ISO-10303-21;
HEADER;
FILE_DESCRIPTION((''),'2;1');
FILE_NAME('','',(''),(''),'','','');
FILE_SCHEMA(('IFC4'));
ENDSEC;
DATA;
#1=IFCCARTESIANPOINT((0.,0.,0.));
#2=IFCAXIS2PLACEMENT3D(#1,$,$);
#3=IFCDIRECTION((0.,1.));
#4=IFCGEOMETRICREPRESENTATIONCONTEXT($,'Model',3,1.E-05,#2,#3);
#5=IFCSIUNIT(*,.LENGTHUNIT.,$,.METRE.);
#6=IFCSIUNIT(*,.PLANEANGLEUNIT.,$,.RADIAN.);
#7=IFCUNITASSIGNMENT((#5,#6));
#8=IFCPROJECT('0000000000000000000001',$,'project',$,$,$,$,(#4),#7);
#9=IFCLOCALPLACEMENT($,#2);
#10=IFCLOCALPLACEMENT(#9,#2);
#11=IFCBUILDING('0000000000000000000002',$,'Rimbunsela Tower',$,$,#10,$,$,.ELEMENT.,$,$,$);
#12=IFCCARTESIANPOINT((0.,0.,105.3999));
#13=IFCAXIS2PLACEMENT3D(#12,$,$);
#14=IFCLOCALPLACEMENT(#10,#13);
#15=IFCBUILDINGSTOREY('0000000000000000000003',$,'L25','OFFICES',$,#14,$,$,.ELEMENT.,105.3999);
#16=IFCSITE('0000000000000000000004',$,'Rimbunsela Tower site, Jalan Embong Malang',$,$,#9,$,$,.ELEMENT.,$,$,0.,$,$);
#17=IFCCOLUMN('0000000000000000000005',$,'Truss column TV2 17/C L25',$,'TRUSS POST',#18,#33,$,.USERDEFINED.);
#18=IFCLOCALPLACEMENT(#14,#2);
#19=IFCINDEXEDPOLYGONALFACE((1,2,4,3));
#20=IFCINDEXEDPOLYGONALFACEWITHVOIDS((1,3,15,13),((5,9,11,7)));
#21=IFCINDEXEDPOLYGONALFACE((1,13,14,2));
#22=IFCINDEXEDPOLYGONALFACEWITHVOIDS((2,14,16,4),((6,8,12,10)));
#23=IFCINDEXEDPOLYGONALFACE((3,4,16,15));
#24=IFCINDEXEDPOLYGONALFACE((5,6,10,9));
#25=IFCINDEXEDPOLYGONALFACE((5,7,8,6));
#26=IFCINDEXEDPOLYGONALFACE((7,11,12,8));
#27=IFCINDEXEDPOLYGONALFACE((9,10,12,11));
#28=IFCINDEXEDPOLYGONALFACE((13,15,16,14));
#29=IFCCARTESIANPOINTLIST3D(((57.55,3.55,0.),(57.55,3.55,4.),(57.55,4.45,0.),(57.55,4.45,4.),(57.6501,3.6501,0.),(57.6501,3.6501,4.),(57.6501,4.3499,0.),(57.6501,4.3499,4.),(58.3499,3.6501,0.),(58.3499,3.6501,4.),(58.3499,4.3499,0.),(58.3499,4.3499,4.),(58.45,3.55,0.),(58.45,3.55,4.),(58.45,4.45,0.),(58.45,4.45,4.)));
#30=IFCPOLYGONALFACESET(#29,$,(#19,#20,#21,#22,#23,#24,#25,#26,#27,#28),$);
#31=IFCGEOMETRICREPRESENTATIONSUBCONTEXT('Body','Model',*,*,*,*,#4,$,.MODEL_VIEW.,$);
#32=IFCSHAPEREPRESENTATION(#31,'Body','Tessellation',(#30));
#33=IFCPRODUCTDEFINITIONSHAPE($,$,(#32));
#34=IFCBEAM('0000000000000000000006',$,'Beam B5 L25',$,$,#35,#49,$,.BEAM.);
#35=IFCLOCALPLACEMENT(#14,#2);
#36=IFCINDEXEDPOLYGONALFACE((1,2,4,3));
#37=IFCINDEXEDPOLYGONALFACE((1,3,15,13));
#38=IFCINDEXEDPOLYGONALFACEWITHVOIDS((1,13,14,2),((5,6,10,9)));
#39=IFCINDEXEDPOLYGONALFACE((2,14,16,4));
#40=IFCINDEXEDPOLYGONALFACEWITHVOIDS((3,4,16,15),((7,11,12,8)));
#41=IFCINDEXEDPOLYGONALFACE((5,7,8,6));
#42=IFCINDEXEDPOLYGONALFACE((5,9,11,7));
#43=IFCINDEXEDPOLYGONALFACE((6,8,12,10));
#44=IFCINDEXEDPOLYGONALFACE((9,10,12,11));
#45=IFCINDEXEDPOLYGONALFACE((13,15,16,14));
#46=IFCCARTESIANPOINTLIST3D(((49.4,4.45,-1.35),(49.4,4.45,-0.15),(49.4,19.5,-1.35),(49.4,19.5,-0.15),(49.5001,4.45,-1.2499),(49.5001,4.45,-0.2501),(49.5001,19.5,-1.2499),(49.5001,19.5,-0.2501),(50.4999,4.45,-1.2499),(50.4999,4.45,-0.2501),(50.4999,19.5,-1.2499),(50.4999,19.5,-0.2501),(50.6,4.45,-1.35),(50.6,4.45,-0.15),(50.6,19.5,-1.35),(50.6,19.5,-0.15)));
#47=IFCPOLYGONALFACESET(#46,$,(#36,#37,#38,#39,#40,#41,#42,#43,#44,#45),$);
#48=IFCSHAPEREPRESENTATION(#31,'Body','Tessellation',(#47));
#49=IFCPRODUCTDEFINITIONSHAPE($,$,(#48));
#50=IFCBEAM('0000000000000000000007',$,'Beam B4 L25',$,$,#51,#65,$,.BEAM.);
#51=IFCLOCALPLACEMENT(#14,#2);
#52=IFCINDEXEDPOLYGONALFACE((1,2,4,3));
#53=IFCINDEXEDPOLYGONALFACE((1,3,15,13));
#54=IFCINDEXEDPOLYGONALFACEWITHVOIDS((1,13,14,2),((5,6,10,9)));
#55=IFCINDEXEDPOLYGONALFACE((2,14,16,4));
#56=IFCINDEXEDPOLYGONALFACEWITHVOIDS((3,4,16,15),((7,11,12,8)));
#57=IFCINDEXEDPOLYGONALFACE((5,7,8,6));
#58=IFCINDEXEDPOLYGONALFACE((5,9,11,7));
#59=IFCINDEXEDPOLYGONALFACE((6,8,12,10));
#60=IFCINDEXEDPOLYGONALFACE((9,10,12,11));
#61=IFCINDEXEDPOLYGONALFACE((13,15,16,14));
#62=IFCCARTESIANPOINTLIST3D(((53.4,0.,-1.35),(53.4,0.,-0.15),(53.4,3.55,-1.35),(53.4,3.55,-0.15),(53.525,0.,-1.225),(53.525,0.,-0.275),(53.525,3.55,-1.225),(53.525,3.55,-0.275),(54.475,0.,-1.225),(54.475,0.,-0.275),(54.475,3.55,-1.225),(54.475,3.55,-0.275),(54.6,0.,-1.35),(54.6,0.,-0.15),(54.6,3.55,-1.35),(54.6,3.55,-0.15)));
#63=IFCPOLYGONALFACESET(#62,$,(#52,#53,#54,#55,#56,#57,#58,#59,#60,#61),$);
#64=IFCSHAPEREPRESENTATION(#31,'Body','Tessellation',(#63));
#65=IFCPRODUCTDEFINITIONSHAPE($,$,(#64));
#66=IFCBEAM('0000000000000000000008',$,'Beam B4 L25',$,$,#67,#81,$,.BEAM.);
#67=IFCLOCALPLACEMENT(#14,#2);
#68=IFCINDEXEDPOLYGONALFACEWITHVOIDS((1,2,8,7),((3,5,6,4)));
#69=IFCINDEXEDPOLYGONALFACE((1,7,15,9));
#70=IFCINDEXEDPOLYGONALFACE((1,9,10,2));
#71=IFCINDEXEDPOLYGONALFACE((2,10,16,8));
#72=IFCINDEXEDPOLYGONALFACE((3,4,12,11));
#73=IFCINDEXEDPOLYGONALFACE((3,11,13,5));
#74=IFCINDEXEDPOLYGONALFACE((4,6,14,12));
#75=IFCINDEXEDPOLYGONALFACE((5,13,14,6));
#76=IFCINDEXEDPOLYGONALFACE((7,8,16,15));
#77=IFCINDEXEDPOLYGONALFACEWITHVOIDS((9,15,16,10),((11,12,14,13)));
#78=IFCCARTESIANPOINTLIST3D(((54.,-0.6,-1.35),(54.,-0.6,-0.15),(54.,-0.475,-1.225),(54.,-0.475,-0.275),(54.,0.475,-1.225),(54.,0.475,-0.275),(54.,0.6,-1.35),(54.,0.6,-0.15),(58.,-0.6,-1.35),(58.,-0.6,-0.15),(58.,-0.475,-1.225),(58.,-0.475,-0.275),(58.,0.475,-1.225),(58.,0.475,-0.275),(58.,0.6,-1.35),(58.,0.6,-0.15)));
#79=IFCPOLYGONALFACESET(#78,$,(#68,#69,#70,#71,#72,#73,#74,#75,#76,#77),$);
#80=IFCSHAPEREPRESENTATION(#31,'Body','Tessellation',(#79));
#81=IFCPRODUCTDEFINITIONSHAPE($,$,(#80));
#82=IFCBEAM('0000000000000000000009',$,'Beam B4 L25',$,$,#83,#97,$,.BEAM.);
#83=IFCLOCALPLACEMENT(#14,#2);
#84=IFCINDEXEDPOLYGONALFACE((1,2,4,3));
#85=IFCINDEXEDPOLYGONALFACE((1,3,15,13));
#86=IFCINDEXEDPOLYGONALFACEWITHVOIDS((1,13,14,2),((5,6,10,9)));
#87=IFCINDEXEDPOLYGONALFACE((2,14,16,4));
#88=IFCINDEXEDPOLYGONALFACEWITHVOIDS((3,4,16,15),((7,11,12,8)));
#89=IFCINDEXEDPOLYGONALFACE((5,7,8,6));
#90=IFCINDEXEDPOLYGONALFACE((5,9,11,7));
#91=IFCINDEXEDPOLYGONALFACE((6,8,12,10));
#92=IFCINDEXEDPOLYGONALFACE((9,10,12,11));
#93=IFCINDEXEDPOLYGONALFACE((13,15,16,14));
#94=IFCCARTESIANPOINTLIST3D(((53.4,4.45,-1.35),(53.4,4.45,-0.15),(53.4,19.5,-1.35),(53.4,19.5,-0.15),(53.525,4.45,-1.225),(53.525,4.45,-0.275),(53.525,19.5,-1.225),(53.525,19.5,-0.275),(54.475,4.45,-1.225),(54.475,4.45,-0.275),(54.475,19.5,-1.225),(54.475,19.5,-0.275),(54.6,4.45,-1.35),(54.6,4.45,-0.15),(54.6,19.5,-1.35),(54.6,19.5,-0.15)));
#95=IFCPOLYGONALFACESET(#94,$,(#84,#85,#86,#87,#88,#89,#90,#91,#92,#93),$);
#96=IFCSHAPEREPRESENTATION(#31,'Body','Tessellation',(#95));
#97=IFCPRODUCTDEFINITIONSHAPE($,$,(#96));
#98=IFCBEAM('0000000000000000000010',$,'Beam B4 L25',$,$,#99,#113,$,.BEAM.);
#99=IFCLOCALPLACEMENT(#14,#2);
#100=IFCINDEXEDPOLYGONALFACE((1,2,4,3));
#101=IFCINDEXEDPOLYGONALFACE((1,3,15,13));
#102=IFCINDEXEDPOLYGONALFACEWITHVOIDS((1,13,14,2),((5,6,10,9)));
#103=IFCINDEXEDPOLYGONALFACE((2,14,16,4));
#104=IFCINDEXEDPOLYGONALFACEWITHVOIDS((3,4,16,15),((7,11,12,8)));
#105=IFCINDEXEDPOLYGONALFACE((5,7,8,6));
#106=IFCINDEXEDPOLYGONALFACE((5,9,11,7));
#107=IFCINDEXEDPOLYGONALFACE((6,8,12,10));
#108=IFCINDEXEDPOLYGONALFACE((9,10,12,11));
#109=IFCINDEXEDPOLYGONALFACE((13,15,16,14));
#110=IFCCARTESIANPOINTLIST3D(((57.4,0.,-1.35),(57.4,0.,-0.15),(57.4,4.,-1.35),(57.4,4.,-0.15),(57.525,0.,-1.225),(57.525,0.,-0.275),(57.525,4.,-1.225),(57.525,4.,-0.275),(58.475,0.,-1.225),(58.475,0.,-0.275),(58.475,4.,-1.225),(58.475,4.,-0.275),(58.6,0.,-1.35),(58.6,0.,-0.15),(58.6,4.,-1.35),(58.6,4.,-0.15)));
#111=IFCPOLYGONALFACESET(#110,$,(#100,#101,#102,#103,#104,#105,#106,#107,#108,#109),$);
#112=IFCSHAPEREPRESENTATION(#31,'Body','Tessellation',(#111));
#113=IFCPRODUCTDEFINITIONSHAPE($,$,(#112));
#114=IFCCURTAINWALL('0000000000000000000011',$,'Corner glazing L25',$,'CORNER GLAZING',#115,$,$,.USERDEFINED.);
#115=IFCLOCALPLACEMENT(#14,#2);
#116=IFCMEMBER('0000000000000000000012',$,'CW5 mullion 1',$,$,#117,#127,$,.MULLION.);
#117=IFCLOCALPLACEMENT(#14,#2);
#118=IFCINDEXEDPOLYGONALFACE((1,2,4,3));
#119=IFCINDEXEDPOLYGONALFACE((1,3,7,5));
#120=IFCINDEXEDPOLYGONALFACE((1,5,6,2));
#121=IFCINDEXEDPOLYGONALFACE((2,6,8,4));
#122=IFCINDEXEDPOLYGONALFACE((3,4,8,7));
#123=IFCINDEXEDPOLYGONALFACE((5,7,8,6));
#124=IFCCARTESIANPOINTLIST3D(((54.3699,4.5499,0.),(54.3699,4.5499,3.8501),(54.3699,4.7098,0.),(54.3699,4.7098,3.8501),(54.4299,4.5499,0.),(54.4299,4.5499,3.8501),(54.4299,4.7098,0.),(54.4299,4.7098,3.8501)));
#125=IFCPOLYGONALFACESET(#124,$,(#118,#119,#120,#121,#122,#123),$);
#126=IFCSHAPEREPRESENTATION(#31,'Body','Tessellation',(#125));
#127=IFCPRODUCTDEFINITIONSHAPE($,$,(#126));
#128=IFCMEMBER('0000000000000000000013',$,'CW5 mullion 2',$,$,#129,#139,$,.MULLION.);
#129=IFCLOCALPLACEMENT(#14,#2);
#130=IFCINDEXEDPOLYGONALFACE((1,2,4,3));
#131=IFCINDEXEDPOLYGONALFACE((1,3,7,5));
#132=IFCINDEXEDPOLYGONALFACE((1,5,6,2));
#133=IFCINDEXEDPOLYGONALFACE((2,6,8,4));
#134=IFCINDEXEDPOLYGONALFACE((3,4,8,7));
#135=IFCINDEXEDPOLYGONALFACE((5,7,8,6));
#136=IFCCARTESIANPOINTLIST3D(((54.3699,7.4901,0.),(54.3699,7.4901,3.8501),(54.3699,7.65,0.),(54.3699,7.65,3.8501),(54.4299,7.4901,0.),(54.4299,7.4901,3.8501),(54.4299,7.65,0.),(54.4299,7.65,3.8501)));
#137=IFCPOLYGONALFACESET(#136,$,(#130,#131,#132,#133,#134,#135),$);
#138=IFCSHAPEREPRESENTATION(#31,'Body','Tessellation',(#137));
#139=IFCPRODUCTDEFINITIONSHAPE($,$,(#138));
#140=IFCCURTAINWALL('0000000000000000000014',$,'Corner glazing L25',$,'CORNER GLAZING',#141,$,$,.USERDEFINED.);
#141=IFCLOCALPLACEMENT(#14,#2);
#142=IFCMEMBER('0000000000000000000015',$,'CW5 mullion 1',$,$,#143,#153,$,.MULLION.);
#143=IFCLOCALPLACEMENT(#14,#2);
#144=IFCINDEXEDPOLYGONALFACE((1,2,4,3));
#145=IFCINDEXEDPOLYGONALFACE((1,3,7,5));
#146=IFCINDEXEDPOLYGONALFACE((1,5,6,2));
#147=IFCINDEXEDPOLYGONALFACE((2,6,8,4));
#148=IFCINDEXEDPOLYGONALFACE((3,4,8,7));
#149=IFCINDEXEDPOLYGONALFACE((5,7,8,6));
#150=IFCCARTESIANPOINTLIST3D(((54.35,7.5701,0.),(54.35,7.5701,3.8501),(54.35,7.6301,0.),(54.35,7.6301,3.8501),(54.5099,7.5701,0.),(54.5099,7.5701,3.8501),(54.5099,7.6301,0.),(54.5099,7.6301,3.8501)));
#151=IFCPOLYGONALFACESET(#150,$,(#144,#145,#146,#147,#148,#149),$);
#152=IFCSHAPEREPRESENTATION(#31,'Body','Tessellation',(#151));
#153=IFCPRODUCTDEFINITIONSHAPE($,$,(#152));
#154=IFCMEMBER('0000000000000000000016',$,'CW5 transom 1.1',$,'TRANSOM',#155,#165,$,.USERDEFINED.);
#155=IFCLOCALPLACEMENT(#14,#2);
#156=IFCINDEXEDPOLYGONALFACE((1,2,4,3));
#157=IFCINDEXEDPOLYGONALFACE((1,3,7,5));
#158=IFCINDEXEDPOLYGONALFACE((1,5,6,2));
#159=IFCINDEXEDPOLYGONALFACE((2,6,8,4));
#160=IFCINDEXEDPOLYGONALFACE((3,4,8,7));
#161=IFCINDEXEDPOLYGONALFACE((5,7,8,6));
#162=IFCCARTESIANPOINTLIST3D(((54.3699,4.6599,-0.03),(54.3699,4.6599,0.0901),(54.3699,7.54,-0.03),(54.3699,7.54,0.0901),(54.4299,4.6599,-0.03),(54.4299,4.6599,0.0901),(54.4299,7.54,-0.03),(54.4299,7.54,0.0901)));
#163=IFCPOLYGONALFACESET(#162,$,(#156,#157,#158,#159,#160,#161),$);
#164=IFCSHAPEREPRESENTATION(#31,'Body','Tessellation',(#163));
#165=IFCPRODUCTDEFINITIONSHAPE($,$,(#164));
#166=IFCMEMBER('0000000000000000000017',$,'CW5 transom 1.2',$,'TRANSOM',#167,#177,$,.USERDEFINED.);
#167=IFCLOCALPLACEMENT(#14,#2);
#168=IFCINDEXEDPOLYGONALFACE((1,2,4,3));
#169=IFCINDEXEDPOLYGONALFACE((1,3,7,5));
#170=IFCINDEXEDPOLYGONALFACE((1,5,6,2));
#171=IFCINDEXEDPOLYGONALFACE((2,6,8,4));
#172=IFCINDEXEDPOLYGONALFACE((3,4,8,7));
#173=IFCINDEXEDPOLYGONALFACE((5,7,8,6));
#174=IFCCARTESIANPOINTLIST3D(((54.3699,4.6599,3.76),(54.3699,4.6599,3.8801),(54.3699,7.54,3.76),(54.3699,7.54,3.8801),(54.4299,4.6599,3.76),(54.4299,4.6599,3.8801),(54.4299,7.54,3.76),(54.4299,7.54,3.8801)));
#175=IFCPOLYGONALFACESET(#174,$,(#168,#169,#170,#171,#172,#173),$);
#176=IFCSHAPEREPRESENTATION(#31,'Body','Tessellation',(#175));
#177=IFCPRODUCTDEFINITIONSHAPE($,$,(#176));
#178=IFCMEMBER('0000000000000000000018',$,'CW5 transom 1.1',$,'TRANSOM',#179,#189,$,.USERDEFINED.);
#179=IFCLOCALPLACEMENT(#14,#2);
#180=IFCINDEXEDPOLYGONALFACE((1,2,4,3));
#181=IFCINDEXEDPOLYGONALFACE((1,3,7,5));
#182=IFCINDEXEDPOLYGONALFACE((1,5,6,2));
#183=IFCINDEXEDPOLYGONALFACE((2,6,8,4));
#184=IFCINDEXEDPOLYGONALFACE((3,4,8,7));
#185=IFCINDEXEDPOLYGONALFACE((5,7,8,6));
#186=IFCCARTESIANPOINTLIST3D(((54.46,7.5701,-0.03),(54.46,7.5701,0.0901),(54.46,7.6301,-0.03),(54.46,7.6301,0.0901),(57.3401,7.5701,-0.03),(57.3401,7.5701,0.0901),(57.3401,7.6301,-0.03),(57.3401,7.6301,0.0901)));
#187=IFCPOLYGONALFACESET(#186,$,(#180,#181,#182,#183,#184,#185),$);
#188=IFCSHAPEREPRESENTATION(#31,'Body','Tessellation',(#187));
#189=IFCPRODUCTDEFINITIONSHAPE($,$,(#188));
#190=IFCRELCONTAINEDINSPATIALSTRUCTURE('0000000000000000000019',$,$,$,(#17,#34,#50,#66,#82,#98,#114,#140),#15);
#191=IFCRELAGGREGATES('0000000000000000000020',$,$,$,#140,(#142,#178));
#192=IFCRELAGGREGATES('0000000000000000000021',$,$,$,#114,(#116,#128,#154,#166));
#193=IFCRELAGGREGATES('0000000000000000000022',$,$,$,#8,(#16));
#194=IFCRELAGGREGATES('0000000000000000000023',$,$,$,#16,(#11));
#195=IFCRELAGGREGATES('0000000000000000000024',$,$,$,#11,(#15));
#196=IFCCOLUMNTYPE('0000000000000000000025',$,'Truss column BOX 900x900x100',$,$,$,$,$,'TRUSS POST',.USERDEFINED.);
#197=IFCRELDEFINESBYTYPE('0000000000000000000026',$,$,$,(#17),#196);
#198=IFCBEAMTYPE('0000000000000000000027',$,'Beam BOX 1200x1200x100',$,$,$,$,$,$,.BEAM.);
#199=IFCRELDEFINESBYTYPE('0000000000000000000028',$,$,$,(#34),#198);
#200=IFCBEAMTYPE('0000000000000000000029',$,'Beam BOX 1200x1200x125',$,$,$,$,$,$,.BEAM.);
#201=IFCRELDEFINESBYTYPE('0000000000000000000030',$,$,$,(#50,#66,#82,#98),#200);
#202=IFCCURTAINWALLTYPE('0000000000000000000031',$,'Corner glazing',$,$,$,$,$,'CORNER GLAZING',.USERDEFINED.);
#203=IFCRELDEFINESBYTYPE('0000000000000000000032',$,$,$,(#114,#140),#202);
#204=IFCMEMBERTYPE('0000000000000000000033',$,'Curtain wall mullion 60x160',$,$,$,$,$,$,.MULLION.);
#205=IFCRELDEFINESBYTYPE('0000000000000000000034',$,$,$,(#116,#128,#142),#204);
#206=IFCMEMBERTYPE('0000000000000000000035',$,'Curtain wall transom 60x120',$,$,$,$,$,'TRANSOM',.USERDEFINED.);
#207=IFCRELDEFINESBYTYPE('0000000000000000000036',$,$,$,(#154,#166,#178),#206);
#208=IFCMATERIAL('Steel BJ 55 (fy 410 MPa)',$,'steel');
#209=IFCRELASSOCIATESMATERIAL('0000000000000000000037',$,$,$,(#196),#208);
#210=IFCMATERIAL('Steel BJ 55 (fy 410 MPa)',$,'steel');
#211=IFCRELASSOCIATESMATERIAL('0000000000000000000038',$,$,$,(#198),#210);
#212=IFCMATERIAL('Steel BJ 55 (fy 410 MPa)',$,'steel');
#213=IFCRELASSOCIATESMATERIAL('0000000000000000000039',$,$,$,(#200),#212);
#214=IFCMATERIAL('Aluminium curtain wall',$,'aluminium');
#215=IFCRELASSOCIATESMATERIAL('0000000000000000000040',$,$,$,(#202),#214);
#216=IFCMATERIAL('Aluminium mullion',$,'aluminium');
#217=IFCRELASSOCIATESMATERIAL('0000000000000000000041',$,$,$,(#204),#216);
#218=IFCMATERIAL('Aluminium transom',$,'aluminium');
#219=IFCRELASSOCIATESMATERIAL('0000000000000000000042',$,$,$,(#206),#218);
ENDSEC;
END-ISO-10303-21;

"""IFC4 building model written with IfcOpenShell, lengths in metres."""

from ifc_helpers import new_model, si_unit, direction, frame, origin, origin_2d, place, context, subcontext, project, spatial, rectangle, hollow_rectangle, extrude, material, material_profile, profile_set, type_object, element, aggregate, save


model = new_model("IFC4")

# Units and contexts
model_context = context("Model", 3, precision=1e-05, world=origin(), true_north=direction((0.0, 1.0)))
body_context = subcontext(model_context, "Body", "Model", "MODEL_VIEW")
ifc_project = project(units=[si_unit("LENGTHUNIT", "METRE"), si_unit("PLANEANGLEUNIT", "RADIAN")], contexts=[model_context])

# Site, building, storey
site_placement = place(None, origin())
site = spatial("IfcSite", under=ifc_project, at=site_placement, Name="Rimbunsela Tower site, Jalan Embong Malang", CompositionType="ELEMENT", RefElevation=0.0)
building_placement = place(site_placement, origin())
building = spatial("IfcBuilding", under=site, at=building_placement, Name="Rimbunsela Tower", CompositionType="ELEMENT")
storey_placement = place(building_placement, frame((0.0, 0.0, 105.3999)))
storey = spatial("IfcBuildingStorey", under=building, at=storey_placement, Name="L25", Description="OFFICES", CompositionType="ELEMENT", Elevation=105.3999)

# Column
ifc_material_1 = material(Name="Steel BJ 55 (fy 410 MPa)", Category="steel")
ifc_material_profile_1 = material_profile(ifc_material_1, hollow_rectangle(XDim=0.8999, YDim=0.8999, WallThickness=0.1001, at=origin_2d()), Name="BOX 900x900x100")
ifc_profile_set_1 = profile_set([ifc_material_profile_1], Name="Steel BJ 55 (fy 410 MPa)")
column_type = type_object("IfcColumnType", Name="Truss column BOX 900x900x100", ElementType="TRUSS POST", PredefinedType="USERDEFINED", material=ifc_profile_set_1)
column_placement = place(storey_placement, frame((58.0, 4.0, 0.0), z_axis=(0.0, 0.0, 1.0), x_axis=(1.0, 0.0, 0.0)))
element("IfcColumn", 1, at=column_placement, inside=storey, type_object=column_type, Name="Truss column TV2 17/C L25", ObjectType="TRUSS POST", PredefinedType="USERDEFINED", context=body_context, shape_type="SweptSolid", body=[
    extrude(hollow_rectangle(XDim=0.8999, YDim=0.8999, WallThickness=0.1001, at=origin_2d()), origin(), (0.0, 0.0, 1.0), 4.0),
])

# Beams
ifc_material_2 = material(Name="Steel BJ 55 (fy 410 MPa)", Category="steel")
ifc_material_profile_2 = material_profile(ifc_material_2, hollow_rectangle(XDim=1.2, YDim=1.2, WallThickness=0.1001, at=origin_2d()), Name="BOX 1200x1200x100")
ifc_profile_set_2 = profile_set([ifc_material_profile_2], Name="Steel BJ 55 (fy 410 MPa)")
beam_type_1 = type_object("IfcBeamType", Name="Beam BOX 1200x1200x100", PredefinedType="BEAM", material=ifc_profile_set_2)
beam_1_placement = place(storey_placement, frame((50.0, 4.45, -0.75), z_axis=(0.0, 1.0, 0.0), x_axis=(-1.0, 0.0, 0.0)))
element("IfcBeam", 2, at=beam_1_placement, inside=storey, type_object=beam_type_1, Name="Beam B5 L25", PredefinedType="BEAM", context=body_context, shape_type="SweptSolid", body=[
    extrude(hollow_rectangle(XDim=1.2, YDim=1.2, WallThickness=0.1001, at=origin_2d()), origin(), (0.0, 0.0, 1.0), 15.05),
])
ifc_material_3 = material(Name="Steel BJ 55 (fy 410 MPa)", Category="steel")
ifc_material_profile_3 = material_profile(ifc_material_3, hollow_rectangle(XDim=1.2, YDim=1.2, WallThickness=0.125, at=origin_2d()), Name="BOX 1200x1200x125")
ifc_profile_set_3 = profile_set([ifc_material_profile_3], Name="Steel BJ 55 (fy 410 MPa)")
beam_type_2 = type_object("IfcBeamType", Name="Beam BOX 1200x1200x125", PredefinedType="BEAM", material=ifc_profile_set_3)
beam_2_placement = place(storey_placement, frame((54.0, 0.0, -0.75), z_axis=(0.0, 1.0, 0.0), x_axis=(-1.0, 0.0, 0.0)))
element("IfcBeam", 3, at=beam_2_placement, inside=storey, type_object=beam_type_2, Name="Beam B4 L25", PredefinedType="BEAM", context=body_context, shape_type="SweptSolid", body=[
    extrude(hollow_rectangle(XDim=1.2, YDim=1.2, WallThickness=0.125, at=origin_2d()), origin(), (0.0, 0.0, 1.0), 3.55),
])
beam_3_placement = place(storey_placement, frame((54.0, 0.0, -0.75), z_axis=(1.0, 0.0, 0.0), x_axis=(0.0, 1.0, 0.0)))
element("IfcBeam", 4, at=beam_3_placement, inside=storey, type_object=beam_type_2, Name="Beam B4 L25", PredefinedType="BEAM", context=body_context, shape_type="SweptSolid", body=[
    extrude(hollow_rectangle(XDim=1.2, YDim=1.2, WallThickness=0.125, at=origin_2d()), origin(), (0.0, 0.0, 1.0), 4.0),
])
beam_4_placement = place(storey_placement, frame((54.0, 4.45, -0.75), z_axis=(0.0, 1.0, 0.0), x_axis=(-1.0, 0.0, 0.0)))
element("IfcBeam", 5, at=beam_4_placement, inside=storey, type_object=beam_type_2, Name="Beam B4 L25", PredefinedType="BEAM", context=body_context, shape_type="SweptSolid", body=[
    extrude(hollow_rectangle(XDim=1.2, YDim=1.2, WallThickness=0.125, at=origin_2d()), origin(), (0.0, 0.0, 1.0), 15.05),
])
beam_5_placement = place(storey_placement, frame((58.0, 0.0, -0.75), z_axis=(0.0, 1.0, 0.0), x_axis=(-1.0, 0.0, 0.0)))
element("IfcBeam", 6, at=beam_5_placement, inside=storey, type_object=beam_type_2, Name="Beam B4 L25", PredefinedType="BEAM", context=body_context, shape_type="SweptSolid", body=[
    extrude(hollow_rectangle(XDim=1.2, YDim=1.2, WallThickness=0.125, at=origin_2d()), origin(), (0.0, 0.0, 1.0), 4.0),
])

# Curtain wall, members
ifc_material_4 = material(Name="Aluminium curtain wall", Category="aluminium")
curtain_wall_type = type_object("IfcCurtainWallType", Name="Corner glazing", ElementType="CORNER GLAZING", PredefinedType="USERDEFINED", material=ifc_material_4)
curtain_wall_1_placement = place(storey_placement, origin())
curtain_wall_1 = element("IfcCurtainWall", 7, at=curtain_wall_1_placement, inside=storey, type_object=curtain_wall_type, Name="Corner glazing L25", ObjectType="CORNER GLAZING", PredefinedType="USERDEFINED")
ifc_material_5 = material(Name="Aluminium mullion", Category="aluminium")
ifc_material_profile_4 = material_profile(ifc_material_5, rectangle(XDim=0.0601, YDim=0.1599, at=origin_2d()), Name="Mullion 60x160")
ifc_profile_set_4 = profile_set([ifc_material_profile_4], Name="Aluminium mullion")
member_type_1 = type_object("IfcMemberType", Name="Curtain wall mullion 60x160", PredefinedType="MULLION", material=ifc_profile_set_4)
member_1_placement = place(storey_placement, frame((54.3999, 4.6299, 0.0), z_axis=(0.0, 0.0, 1.0), x_axis=(-1.0, 0.0, 0.0)))
member_1 = element("IfcMember", 8, at=member_1_placement, type_object=member_type_1, Name="CW5 mullion 1", PredefinedType="MULLION", context=body_context, shape_type="SweptSolid", body=[
    extrude(rectangle(XDim=0.0601, YDim=0.1599, at=origin_2d()), origin(), (0.0, 0.0, 1.0), 3.8501),
])
member_2_placement = place(storey_placement, frame((54.3999, 7.5701, 0.0), z_axis=(0.0, 0.0, 1.0), x_axis=(-1.0, 0.0, 0.0)))
member_2 = element("IfcMember", 9, at=member_2_placement, type_object=member_type_1, Name="CW5 mullion 2", PredefinedType="MULLION", context=body_context, shape_type="SweptSolid", body=[
    extrude(rectangle(XDim=0.0601, YDim=0.1599, at=origin_2d()), origin(), (0.0, 0.0, 1.0), 3.8501),
])

# Curtain wall, member
curtain_wall_2_placement = place(storey_placement, origin())
curtain_wall_2 = element("IfcCurtainWall", 10, at=curtain_wall_2_placement, inside=storey, type_object=curtain_wall_type, Name="Corner glazing L25", ObjectType="CORNER GLAZING", PredefinedType="USERDEFINED")
member_3_placement = place(storey_placement, frame((54.4299, 7.6001, 0.0), z_axis=(0.0, 0.0, 1.0), x_axis=(0.0, 1.0, 0.0)))
member_3 = element("IfcMember", 11, at=member_3_placement, type_object=member_type_1, Name="CW5 mullion 1", PredefinedType="MULLION", context=body_context, shape_type="SweptSolid", body=[
    extrude(rectangle(XDim=0.0601, YDim=0.1599, at=origin_2d()), origin(), (0.0, 0.0, 1.0), 3.8501),
])

# Members
ifc_material_6 = material(Name="Aluminium transom", Category="aluminium")
ifc_material_profile_5 = material_profile(ifc_material_6, rectangle(XDim=0.0601, YDim=0.1201, at=origin_2d()), Name="Transom 60x120")
ifc_profile_set_5 = profile_set([ifc_material_profile_5], Name="Aluminium transom")
member_type_2 = type_object("IfcMemberType", Name="Curtain wall transom 60x120", ElementType="TRANSOM", PredefinedType="USERDEFINED", material=ifc_profile_set_5)
member_4_placement = place(storey_placement, frame((54.3999, 4.6599, 0.03), z_axis=(0.0, 1.0, 0.0), x_axis=(-1.0, 0.0, 0.0)))
member_4 = element("IfcMember", 12, at=member_4_placement, type_object=member_type_2, Name="CW5 transom 1.1", ObjectType="TRANSOM", PredefinedType="USERDEFINED", context=body_context, shape_type="SweptSolid", body=[
    extrude(rectangle(XDim=0.0601, YDim=0.1201, at=origin_2d()), origin(), (0.0, 0.0, 1.0), 2.8801),
])
member_5_placement = place(storey_placement, frame((54.3999, 4.6599, 3.8201), z_axis=(0.0, 1.0, 0.0), x_axis=(-1.0, 0.0, 0.0)))
member_5 = element("IfcMember", 13, at=member_5_placement, type_object=member_type_2, Name="CW5 transom 1.2", ObjectType="TRANSOM", PredefinedType="USERDEFINED", context=body_context, shape_type="SweptSolid", body=[
    extrude(rectangle(XDim=0.0601, YDim=0.1201, at=origin_2d()), origin(), (0.0, 0.0, 1.0), 2.8801),
])
member_6_placement = place(storey_placement, frame((54.46, 7.6001, 0.03), z_axis=(1.0, 0.0, 0.0), x_axis=(0.0, 1.0, 0.0)))
member_6 = element("IfcMember", 14, at=member_6_placement, type_object=member_type_2, Name="CW5 transom 1.1", ObjectType="TRANSOM", PredefinedType="USERDEFINED", context=body_context, shape_type="SweptSolid", body=[
    extrude(rectangle(XDim=0.0601, YDim=0.1201, at=origin_2d()), origin(), (0.0, 0.0, 1.0), 2.8801),
])
aggregate(curtain_wall_2, [member_3, member_6])

aggregate(curtain_wall_1, [member_1, member_2, member_4, member_5])

save(model, "model.ifc")
